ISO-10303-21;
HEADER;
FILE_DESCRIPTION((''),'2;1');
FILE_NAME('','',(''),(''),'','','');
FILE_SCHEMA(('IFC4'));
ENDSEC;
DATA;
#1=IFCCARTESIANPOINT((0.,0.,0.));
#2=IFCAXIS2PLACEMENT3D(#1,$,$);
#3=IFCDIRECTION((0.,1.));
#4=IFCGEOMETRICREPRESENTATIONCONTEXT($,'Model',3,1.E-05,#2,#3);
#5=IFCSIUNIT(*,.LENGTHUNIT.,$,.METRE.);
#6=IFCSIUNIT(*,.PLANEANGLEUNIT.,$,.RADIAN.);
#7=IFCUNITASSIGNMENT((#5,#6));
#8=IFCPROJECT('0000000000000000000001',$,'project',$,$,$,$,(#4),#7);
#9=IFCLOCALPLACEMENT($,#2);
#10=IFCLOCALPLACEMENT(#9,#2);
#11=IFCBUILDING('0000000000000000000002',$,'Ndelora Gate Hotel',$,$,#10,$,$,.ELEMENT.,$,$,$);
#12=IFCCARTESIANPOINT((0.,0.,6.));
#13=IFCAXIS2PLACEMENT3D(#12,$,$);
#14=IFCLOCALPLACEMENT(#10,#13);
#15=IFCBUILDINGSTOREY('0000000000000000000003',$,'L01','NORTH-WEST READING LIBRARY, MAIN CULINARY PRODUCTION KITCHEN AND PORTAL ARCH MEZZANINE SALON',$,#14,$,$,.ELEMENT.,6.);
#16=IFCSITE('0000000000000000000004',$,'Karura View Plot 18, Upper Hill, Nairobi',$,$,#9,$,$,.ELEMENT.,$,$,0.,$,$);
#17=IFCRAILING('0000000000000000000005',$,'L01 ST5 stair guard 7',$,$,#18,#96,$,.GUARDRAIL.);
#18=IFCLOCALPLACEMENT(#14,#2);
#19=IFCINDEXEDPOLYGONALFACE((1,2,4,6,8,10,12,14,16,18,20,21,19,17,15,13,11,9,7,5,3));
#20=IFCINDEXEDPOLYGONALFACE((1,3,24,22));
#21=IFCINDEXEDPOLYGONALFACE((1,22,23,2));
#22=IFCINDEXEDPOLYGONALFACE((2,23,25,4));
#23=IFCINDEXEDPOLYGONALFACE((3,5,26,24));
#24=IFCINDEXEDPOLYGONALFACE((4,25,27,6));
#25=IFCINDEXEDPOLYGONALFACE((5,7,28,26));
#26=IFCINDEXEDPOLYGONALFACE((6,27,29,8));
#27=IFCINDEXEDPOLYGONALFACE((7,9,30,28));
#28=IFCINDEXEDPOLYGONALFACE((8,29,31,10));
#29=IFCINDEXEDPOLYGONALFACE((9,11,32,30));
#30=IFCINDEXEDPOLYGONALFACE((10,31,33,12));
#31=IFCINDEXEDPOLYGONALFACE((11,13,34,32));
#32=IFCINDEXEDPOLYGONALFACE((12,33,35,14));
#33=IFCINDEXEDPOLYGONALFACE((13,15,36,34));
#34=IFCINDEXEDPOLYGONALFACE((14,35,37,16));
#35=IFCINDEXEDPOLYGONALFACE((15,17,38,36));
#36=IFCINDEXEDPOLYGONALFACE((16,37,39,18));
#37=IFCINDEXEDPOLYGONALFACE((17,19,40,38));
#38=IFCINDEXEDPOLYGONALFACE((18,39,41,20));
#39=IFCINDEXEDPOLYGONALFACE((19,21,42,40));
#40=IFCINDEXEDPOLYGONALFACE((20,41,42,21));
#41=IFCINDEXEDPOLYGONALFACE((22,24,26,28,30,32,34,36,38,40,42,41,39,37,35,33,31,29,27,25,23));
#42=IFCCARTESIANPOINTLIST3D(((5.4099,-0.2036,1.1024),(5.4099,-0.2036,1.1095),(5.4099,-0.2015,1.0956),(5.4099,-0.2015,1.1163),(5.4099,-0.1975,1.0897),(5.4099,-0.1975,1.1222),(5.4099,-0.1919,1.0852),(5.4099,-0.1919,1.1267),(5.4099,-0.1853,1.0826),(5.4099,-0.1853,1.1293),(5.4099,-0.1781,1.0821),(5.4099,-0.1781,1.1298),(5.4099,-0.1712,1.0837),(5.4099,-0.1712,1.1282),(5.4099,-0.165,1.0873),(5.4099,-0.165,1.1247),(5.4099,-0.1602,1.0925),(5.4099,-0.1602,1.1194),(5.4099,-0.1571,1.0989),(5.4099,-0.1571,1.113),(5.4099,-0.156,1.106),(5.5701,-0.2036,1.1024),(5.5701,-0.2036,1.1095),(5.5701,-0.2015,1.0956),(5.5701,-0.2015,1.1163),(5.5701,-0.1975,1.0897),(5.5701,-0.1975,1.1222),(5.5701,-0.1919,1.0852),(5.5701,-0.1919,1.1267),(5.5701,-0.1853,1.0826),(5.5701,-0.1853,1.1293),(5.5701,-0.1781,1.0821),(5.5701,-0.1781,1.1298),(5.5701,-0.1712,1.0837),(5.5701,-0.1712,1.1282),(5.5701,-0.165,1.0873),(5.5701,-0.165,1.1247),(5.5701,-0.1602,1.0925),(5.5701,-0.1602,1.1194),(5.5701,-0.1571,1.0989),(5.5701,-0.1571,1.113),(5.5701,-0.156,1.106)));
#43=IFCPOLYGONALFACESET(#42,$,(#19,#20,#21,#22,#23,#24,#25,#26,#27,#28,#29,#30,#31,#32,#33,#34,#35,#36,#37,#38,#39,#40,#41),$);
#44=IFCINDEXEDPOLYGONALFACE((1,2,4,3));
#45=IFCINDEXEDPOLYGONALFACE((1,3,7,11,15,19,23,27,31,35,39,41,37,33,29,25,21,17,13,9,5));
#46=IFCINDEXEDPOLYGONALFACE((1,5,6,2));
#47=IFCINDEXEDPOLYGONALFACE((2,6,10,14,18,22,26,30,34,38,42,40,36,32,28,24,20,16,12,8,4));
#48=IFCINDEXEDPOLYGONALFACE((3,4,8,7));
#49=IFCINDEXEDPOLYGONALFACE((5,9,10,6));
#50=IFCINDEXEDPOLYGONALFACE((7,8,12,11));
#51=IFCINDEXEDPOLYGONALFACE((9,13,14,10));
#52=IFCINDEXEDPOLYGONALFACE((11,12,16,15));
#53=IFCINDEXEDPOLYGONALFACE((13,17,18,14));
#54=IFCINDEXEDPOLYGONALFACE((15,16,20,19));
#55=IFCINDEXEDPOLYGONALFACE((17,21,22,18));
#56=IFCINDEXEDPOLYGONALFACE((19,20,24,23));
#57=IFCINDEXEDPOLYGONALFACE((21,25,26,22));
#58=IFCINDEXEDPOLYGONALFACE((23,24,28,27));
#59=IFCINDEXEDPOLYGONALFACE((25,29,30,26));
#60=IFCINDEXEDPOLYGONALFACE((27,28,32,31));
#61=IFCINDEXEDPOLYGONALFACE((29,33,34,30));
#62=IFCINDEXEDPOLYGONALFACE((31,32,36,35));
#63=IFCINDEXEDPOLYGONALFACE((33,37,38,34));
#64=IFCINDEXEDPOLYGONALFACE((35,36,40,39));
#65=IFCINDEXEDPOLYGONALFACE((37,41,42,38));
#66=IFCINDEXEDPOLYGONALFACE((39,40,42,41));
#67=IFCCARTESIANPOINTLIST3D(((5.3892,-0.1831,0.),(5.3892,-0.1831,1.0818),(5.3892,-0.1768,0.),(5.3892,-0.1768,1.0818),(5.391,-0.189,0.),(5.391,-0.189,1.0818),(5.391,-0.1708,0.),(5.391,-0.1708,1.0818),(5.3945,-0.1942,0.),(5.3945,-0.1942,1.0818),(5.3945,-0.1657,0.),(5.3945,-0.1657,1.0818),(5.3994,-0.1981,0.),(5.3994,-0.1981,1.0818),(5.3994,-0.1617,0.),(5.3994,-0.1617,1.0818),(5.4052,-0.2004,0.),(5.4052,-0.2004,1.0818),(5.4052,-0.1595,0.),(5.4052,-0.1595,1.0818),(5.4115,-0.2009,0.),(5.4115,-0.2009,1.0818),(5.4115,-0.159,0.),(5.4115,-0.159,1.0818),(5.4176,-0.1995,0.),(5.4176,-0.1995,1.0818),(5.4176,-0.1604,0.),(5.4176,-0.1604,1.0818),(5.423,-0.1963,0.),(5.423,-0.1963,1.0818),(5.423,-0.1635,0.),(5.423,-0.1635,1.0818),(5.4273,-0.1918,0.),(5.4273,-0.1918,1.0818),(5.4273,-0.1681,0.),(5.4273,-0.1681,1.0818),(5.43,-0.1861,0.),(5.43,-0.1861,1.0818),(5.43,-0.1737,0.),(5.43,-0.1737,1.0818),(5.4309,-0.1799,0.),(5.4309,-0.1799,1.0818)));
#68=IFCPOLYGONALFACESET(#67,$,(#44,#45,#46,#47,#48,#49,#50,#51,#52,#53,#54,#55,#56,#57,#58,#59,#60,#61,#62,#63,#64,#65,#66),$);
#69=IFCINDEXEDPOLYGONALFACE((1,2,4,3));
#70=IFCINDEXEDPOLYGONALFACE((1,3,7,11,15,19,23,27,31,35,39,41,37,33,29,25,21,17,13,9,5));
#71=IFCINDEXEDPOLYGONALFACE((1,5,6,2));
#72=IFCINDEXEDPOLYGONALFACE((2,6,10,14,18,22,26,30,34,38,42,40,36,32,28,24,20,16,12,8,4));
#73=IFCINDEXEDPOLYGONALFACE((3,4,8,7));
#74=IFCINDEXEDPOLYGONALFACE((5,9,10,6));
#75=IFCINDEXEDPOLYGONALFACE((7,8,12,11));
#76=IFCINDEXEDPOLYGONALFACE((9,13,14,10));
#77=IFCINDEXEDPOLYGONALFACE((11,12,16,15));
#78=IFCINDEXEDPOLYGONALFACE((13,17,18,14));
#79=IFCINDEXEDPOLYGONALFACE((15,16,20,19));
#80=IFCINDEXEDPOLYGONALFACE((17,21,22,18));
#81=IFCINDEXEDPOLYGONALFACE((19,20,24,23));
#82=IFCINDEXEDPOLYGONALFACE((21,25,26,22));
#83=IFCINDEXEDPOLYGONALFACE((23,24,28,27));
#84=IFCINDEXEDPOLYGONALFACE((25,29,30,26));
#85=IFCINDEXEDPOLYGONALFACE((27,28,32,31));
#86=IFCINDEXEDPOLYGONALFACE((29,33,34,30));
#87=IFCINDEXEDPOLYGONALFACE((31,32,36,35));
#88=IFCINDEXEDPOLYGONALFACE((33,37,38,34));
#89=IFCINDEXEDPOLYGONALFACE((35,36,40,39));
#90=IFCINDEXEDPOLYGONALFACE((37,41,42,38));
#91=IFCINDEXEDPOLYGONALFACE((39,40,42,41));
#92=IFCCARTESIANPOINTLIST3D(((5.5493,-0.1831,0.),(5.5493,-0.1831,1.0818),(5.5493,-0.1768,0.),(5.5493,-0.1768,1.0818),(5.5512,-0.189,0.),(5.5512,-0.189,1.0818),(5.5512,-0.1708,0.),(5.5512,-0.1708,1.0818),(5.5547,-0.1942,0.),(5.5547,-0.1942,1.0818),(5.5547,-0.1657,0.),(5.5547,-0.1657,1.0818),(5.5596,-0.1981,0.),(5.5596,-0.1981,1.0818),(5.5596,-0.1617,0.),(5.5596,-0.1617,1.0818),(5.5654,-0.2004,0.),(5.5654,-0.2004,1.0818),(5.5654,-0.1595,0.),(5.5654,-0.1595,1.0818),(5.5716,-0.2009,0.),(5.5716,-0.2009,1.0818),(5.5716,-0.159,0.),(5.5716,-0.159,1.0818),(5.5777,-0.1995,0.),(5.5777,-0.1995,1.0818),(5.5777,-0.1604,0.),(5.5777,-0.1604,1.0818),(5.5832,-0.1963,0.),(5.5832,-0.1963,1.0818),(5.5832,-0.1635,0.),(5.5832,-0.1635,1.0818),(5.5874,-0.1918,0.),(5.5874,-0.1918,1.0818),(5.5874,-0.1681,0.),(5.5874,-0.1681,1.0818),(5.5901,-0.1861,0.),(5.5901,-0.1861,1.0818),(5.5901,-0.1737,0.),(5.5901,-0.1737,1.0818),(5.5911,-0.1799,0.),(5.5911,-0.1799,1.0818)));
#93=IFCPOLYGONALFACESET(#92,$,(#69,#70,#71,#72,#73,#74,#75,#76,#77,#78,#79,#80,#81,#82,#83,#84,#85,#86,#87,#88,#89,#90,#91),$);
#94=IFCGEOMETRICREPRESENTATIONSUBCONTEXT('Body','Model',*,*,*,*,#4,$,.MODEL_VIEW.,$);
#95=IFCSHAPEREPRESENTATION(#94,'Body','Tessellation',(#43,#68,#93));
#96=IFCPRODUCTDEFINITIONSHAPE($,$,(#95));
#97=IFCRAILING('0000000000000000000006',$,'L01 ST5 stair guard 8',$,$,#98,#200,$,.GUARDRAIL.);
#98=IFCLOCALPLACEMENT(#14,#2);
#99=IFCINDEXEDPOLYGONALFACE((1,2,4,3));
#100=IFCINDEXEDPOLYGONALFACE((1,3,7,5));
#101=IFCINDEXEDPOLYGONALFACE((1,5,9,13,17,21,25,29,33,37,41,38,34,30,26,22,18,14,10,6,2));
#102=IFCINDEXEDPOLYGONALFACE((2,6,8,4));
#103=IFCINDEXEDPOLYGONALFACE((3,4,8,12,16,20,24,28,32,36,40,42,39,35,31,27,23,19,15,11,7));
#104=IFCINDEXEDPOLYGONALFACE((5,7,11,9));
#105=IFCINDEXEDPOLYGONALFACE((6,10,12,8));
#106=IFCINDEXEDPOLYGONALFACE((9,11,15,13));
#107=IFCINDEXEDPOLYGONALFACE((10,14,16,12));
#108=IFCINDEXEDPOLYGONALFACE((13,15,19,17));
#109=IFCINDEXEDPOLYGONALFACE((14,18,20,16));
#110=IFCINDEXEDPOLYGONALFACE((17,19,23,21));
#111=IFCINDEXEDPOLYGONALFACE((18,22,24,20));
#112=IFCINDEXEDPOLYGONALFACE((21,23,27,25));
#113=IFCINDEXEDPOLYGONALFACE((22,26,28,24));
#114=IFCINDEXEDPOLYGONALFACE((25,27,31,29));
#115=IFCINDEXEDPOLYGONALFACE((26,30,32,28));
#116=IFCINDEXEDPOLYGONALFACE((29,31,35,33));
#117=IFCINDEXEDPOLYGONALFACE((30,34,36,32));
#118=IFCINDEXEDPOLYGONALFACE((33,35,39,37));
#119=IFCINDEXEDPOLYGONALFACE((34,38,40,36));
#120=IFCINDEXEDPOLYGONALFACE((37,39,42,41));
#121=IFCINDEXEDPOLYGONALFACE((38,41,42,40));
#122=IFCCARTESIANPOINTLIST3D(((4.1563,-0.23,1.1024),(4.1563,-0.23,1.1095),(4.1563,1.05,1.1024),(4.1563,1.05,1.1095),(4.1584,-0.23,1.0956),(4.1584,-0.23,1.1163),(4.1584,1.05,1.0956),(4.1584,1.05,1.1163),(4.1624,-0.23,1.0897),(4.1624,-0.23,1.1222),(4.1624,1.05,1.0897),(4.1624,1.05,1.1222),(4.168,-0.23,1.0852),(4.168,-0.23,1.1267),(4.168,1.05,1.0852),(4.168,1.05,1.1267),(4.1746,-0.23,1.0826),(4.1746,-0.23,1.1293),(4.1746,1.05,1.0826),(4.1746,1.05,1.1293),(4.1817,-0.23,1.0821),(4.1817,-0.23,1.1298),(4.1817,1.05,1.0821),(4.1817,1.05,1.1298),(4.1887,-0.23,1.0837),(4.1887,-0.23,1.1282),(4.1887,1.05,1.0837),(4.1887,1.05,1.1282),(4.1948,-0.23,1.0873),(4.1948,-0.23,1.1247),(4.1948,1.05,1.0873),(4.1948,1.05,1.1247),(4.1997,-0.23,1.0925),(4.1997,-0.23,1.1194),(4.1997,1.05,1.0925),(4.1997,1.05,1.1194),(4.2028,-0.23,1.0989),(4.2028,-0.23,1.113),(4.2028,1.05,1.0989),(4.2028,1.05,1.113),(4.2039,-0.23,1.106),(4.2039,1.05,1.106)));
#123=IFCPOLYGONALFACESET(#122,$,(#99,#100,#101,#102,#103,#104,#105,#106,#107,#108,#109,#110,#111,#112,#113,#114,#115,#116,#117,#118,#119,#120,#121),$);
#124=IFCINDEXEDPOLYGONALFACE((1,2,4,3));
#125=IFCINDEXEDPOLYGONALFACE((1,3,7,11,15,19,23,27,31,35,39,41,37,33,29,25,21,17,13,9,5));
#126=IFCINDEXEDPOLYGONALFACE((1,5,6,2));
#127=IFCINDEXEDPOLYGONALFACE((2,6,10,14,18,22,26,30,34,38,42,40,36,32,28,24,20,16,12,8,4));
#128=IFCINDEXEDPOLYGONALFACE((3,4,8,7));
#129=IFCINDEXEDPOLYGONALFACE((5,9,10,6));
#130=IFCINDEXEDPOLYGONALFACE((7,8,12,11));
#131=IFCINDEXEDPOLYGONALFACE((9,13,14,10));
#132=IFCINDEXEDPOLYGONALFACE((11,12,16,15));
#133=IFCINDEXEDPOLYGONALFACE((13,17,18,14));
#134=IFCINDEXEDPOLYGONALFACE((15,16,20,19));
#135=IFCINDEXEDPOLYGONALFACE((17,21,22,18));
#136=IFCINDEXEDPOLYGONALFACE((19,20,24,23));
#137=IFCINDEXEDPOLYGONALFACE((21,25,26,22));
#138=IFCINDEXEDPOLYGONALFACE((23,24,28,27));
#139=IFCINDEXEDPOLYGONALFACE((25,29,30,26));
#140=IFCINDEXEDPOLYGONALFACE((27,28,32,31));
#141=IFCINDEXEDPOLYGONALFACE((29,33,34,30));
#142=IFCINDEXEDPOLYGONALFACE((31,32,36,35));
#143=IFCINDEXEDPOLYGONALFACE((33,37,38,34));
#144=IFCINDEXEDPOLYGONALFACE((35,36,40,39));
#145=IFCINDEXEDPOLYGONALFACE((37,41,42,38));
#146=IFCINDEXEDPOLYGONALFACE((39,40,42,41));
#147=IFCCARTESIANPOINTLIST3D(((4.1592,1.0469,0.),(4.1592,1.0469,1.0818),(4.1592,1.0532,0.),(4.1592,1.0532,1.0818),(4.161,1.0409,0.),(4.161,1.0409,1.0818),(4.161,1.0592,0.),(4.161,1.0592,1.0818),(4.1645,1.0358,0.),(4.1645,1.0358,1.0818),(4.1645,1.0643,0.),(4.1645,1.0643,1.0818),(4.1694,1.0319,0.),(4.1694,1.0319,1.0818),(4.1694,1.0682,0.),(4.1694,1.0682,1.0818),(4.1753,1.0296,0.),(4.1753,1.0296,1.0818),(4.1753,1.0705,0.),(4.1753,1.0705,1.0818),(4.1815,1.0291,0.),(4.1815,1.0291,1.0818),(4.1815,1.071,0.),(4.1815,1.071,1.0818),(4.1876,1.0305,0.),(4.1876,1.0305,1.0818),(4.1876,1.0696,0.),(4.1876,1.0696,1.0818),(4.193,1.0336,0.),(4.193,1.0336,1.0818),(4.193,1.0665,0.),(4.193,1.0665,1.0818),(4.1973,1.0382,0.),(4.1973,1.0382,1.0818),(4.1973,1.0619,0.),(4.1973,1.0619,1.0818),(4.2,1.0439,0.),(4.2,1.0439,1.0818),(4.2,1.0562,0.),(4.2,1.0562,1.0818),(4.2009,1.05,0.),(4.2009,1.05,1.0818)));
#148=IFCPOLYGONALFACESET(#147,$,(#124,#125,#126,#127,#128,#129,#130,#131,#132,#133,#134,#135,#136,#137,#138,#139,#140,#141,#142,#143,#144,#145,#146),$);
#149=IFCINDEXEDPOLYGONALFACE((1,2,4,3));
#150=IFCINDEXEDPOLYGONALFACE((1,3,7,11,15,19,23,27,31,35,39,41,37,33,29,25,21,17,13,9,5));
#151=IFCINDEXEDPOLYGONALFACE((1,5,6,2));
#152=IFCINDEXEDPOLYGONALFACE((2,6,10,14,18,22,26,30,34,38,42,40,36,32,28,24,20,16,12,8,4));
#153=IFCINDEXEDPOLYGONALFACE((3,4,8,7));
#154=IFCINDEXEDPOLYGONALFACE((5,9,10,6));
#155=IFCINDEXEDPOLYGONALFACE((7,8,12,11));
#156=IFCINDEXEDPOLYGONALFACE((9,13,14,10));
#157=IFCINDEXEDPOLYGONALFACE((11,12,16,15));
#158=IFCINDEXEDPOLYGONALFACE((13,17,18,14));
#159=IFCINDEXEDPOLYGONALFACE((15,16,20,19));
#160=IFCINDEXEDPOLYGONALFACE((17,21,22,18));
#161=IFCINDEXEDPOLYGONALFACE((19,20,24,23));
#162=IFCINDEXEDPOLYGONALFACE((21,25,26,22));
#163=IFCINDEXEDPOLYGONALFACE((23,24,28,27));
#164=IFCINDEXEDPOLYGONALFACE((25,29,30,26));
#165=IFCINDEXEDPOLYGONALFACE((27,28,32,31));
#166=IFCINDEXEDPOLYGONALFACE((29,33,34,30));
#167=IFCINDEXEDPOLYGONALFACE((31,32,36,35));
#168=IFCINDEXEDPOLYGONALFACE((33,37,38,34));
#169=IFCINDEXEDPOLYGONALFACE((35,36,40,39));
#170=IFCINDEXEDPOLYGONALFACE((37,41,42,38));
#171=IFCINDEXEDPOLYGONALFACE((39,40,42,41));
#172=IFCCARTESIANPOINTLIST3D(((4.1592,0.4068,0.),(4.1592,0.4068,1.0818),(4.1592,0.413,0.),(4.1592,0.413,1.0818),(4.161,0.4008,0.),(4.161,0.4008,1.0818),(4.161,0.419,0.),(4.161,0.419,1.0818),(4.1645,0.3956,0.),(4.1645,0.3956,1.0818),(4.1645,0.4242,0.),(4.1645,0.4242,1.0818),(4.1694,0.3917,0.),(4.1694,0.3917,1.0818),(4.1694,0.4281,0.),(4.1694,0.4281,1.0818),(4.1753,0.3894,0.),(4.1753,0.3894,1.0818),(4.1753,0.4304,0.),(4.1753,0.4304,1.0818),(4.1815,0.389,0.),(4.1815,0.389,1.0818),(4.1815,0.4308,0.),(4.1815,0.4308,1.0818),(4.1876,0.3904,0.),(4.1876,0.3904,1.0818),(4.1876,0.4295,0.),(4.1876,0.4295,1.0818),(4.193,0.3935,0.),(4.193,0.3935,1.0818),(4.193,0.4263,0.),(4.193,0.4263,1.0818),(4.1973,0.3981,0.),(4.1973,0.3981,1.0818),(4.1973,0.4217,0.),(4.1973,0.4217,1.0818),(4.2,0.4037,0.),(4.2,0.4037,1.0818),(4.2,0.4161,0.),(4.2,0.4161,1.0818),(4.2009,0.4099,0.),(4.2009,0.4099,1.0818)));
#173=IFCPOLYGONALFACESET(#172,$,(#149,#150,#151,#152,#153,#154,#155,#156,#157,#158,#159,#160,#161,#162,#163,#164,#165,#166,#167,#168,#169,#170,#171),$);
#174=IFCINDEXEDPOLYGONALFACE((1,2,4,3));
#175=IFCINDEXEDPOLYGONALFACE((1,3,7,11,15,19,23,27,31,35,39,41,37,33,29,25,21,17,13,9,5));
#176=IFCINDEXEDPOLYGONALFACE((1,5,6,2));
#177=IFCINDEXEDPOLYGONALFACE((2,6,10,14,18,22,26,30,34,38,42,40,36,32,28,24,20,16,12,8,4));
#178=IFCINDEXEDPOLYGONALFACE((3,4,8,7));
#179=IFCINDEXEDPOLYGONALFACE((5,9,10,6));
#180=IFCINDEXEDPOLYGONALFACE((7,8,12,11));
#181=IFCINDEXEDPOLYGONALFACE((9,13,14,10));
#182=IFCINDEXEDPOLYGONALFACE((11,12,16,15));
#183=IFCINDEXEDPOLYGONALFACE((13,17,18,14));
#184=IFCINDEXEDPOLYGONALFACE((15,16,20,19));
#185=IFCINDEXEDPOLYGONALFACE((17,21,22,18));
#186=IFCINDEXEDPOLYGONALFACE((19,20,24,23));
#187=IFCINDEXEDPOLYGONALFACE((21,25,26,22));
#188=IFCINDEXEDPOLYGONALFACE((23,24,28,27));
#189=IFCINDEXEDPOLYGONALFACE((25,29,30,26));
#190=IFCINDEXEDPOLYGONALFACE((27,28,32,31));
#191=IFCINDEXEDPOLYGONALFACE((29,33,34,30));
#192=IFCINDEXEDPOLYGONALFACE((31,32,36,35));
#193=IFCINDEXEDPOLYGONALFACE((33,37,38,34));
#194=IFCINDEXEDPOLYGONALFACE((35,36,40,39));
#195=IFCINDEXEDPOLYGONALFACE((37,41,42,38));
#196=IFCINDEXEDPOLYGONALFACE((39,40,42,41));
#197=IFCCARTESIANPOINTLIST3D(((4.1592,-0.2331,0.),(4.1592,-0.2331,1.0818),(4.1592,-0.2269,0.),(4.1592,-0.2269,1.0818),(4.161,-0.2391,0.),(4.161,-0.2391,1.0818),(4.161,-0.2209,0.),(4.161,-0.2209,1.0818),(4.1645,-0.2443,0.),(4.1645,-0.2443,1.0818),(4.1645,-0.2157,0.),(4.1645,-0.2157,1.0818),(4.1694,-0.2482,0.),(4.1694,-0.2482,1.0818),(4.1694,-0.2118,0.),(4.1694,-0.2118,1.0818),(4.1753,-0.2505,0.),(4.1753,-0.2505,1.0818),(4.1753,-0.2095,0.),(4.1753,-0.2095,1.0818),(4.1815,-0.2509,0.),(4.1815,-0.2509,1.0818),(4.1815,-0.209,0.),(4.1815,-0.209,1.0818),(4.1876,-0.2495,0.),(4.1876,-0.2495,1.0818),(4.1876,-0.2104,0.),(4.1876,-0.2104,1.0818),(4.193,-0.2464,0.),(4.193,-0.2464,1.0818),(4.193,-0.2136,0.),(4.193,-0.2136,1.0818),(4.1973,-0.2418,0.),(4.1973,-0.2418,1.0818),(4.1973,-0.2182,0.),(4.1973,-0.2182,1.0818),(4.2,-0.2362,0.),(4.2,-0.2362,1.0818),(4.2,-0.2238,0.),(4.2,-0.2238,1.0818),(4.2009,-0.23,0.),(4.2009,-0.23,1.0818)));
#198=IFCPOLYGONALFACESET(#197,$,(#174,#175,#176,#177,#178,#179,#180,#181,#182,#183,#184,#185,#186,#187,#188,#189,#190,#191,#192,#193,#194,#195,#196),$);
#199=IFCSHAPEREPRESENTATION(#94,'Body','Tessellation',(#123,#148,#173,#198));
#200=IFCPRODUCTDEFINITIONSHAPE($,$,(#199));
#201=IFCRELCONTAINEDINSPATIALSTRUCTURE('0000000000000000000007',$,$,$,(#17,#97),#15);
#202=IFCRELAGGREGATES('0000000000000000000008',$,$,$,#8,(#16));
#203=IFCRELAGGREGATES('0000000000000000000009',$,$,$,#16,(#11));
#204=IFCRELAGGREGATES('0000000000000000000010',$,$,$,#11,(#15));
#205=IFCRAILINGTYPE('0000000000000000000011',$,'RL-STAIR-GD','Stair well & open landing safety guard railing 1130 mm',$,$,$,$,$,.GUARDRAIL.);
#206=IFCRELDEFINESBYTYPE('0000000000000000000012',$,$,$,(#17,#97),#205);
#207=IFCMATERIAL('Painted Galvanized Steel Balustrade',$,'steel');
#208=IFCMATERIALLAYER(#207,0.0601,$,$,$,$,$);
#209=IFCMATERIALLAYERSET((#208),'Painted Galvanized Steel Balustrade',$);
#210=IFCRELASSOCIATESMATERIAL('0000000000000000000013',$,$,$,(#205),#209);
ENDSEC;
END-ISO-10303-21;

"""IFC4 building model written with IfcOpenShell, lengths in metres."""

from ifc_helpers import new_model, si_unit, direction, frame, origin, origin_2d, place, context, subcontext, project, spatial, circle, extrude, material, layer, layer_set, type_object, element, save


model = new_model("IFC4")

# Units and contexts
model_context = context("Model", 3, precision=1e-05, world=origin(), true_north=direction((0.0, 1.0)))
body_context = subcontext(model_context, "Body", "Model", "MODEL_VIEW")
ifc_project = project(units=[si_unit("LENGTHUNIT", "METRE"), si_unit("PLANEANGLEUNIT", "RADIAN")], contexts=[model_context])

# Site, building, storey
site_placement = place(None, origin())
site = spatial("IfcSite", under=ifc_project, at=site_placement, Name="Karura View Plot 18, Upper Hill, Nairobi", CompositionType="ELEMENT", RefElevation=0.0)
building_placement = place(site_placement, origin())
building = spatial("IfcBuilding", under=site, at=building_placement, Name="Ndelora Gate Hotel", CompositionType="ELEMENT")
storey_placement = place(building_placement, frame((0.0, 0.0, 6.0)))
storey = spatial("IfcBuildingStorey", under=building, at=storey_placement, Name="L01", Description="NORTH-WEST READING LIBRARY, MAIN CULINARY PRODUCTION KITCHEN AND PORTAL ARCH MEZZANINE SALON", CompositionType="ELEMENT", Elevation=6.0)

# Railings
ifc_material_1 = material(Name="Painted Galvanized Steel Balustrade", Category="steel")
ifc_layer_1 = layer(ifc_material_1, 0.0601)
ifc_layer_set_1 = layer_set([ifc_layer_1], Name="Painted Galvanized Steel Balustrade")
railing_type = type_object("IfcRailingType", Name="RL-STAIR-GD", Description="Stair well & open landing safety guard railing 1130 mm", PredefinedType="GUARDRAIL", material=ifc_layer_set_1)
railing_1_placement = place(storey_placement, frame((5.4099, -0.1799, 0.0)))
element("IfcRailing", 1, at=railing_1_placement, inside=storey, type_object=railing_type, Name="L01 ST5 stair guard 7", PredefinedType="GUARDRAIL", context=body_context, shape_type="SweptSolid", body=[
    extrude(circle(Radius=0.0239, at=origin_2d()), frame((0.0, 0.0, 1.106), z_axis=(1.0, 0.0, 0.0), x_axis=(0.0, 1.0, 0.0)), (0.0, 0.0, 1.0), 0.1602),
    extrude(circle(Radius=0.021, at=origin_2d()), origin(), (0.0, 0.0, 1.0), 1.0818),
    extrude(circle(Radius=0.021, at=origin_2d()), frame((0.1602, 0.0, 0.0)), (0.0, 0.0, 1.0), 1.0818),
])
for number, where, name in (
    (2, (4.1799, 1.05, 0.0), "L01 ST5 stair guard 8"),
):
    element("IfcRailing", number, at=place(storey_placement, frame(where)), inside=storey, type_object=railing_type, Name=name, PredefinedType="GUARDRAIL", context=body_context, shape_type="SweptSolid", body=[
        extrude(circle(Radius=0.0239, at=origin_2d()), frame((0.0, 0.0, 1.106), z_axis=(0.0, -1.0, 0.0), x_axis=(1.0, 0.0, 0.0)), (0.0, 0.0, 1.0), 1.28),
        extrude(circle(Radius=0.021, at=origin_2d()), origin(), (0.0, 0.0, 1.0), 1.0818),
        extrude(circle(Radius=0.021, at=origin_2d()), frame((0.0, -0.6401, 0.0)), (0.0, 0.0, 1.0), 1.0818),
        extrude(circle(Radius=0.021, at=origin_2d()), frame((0.0, -1.28, 0.0)), (0.0, 0.0, 1.0), 1.0818),
    ])

save(model, "model.ifc")
